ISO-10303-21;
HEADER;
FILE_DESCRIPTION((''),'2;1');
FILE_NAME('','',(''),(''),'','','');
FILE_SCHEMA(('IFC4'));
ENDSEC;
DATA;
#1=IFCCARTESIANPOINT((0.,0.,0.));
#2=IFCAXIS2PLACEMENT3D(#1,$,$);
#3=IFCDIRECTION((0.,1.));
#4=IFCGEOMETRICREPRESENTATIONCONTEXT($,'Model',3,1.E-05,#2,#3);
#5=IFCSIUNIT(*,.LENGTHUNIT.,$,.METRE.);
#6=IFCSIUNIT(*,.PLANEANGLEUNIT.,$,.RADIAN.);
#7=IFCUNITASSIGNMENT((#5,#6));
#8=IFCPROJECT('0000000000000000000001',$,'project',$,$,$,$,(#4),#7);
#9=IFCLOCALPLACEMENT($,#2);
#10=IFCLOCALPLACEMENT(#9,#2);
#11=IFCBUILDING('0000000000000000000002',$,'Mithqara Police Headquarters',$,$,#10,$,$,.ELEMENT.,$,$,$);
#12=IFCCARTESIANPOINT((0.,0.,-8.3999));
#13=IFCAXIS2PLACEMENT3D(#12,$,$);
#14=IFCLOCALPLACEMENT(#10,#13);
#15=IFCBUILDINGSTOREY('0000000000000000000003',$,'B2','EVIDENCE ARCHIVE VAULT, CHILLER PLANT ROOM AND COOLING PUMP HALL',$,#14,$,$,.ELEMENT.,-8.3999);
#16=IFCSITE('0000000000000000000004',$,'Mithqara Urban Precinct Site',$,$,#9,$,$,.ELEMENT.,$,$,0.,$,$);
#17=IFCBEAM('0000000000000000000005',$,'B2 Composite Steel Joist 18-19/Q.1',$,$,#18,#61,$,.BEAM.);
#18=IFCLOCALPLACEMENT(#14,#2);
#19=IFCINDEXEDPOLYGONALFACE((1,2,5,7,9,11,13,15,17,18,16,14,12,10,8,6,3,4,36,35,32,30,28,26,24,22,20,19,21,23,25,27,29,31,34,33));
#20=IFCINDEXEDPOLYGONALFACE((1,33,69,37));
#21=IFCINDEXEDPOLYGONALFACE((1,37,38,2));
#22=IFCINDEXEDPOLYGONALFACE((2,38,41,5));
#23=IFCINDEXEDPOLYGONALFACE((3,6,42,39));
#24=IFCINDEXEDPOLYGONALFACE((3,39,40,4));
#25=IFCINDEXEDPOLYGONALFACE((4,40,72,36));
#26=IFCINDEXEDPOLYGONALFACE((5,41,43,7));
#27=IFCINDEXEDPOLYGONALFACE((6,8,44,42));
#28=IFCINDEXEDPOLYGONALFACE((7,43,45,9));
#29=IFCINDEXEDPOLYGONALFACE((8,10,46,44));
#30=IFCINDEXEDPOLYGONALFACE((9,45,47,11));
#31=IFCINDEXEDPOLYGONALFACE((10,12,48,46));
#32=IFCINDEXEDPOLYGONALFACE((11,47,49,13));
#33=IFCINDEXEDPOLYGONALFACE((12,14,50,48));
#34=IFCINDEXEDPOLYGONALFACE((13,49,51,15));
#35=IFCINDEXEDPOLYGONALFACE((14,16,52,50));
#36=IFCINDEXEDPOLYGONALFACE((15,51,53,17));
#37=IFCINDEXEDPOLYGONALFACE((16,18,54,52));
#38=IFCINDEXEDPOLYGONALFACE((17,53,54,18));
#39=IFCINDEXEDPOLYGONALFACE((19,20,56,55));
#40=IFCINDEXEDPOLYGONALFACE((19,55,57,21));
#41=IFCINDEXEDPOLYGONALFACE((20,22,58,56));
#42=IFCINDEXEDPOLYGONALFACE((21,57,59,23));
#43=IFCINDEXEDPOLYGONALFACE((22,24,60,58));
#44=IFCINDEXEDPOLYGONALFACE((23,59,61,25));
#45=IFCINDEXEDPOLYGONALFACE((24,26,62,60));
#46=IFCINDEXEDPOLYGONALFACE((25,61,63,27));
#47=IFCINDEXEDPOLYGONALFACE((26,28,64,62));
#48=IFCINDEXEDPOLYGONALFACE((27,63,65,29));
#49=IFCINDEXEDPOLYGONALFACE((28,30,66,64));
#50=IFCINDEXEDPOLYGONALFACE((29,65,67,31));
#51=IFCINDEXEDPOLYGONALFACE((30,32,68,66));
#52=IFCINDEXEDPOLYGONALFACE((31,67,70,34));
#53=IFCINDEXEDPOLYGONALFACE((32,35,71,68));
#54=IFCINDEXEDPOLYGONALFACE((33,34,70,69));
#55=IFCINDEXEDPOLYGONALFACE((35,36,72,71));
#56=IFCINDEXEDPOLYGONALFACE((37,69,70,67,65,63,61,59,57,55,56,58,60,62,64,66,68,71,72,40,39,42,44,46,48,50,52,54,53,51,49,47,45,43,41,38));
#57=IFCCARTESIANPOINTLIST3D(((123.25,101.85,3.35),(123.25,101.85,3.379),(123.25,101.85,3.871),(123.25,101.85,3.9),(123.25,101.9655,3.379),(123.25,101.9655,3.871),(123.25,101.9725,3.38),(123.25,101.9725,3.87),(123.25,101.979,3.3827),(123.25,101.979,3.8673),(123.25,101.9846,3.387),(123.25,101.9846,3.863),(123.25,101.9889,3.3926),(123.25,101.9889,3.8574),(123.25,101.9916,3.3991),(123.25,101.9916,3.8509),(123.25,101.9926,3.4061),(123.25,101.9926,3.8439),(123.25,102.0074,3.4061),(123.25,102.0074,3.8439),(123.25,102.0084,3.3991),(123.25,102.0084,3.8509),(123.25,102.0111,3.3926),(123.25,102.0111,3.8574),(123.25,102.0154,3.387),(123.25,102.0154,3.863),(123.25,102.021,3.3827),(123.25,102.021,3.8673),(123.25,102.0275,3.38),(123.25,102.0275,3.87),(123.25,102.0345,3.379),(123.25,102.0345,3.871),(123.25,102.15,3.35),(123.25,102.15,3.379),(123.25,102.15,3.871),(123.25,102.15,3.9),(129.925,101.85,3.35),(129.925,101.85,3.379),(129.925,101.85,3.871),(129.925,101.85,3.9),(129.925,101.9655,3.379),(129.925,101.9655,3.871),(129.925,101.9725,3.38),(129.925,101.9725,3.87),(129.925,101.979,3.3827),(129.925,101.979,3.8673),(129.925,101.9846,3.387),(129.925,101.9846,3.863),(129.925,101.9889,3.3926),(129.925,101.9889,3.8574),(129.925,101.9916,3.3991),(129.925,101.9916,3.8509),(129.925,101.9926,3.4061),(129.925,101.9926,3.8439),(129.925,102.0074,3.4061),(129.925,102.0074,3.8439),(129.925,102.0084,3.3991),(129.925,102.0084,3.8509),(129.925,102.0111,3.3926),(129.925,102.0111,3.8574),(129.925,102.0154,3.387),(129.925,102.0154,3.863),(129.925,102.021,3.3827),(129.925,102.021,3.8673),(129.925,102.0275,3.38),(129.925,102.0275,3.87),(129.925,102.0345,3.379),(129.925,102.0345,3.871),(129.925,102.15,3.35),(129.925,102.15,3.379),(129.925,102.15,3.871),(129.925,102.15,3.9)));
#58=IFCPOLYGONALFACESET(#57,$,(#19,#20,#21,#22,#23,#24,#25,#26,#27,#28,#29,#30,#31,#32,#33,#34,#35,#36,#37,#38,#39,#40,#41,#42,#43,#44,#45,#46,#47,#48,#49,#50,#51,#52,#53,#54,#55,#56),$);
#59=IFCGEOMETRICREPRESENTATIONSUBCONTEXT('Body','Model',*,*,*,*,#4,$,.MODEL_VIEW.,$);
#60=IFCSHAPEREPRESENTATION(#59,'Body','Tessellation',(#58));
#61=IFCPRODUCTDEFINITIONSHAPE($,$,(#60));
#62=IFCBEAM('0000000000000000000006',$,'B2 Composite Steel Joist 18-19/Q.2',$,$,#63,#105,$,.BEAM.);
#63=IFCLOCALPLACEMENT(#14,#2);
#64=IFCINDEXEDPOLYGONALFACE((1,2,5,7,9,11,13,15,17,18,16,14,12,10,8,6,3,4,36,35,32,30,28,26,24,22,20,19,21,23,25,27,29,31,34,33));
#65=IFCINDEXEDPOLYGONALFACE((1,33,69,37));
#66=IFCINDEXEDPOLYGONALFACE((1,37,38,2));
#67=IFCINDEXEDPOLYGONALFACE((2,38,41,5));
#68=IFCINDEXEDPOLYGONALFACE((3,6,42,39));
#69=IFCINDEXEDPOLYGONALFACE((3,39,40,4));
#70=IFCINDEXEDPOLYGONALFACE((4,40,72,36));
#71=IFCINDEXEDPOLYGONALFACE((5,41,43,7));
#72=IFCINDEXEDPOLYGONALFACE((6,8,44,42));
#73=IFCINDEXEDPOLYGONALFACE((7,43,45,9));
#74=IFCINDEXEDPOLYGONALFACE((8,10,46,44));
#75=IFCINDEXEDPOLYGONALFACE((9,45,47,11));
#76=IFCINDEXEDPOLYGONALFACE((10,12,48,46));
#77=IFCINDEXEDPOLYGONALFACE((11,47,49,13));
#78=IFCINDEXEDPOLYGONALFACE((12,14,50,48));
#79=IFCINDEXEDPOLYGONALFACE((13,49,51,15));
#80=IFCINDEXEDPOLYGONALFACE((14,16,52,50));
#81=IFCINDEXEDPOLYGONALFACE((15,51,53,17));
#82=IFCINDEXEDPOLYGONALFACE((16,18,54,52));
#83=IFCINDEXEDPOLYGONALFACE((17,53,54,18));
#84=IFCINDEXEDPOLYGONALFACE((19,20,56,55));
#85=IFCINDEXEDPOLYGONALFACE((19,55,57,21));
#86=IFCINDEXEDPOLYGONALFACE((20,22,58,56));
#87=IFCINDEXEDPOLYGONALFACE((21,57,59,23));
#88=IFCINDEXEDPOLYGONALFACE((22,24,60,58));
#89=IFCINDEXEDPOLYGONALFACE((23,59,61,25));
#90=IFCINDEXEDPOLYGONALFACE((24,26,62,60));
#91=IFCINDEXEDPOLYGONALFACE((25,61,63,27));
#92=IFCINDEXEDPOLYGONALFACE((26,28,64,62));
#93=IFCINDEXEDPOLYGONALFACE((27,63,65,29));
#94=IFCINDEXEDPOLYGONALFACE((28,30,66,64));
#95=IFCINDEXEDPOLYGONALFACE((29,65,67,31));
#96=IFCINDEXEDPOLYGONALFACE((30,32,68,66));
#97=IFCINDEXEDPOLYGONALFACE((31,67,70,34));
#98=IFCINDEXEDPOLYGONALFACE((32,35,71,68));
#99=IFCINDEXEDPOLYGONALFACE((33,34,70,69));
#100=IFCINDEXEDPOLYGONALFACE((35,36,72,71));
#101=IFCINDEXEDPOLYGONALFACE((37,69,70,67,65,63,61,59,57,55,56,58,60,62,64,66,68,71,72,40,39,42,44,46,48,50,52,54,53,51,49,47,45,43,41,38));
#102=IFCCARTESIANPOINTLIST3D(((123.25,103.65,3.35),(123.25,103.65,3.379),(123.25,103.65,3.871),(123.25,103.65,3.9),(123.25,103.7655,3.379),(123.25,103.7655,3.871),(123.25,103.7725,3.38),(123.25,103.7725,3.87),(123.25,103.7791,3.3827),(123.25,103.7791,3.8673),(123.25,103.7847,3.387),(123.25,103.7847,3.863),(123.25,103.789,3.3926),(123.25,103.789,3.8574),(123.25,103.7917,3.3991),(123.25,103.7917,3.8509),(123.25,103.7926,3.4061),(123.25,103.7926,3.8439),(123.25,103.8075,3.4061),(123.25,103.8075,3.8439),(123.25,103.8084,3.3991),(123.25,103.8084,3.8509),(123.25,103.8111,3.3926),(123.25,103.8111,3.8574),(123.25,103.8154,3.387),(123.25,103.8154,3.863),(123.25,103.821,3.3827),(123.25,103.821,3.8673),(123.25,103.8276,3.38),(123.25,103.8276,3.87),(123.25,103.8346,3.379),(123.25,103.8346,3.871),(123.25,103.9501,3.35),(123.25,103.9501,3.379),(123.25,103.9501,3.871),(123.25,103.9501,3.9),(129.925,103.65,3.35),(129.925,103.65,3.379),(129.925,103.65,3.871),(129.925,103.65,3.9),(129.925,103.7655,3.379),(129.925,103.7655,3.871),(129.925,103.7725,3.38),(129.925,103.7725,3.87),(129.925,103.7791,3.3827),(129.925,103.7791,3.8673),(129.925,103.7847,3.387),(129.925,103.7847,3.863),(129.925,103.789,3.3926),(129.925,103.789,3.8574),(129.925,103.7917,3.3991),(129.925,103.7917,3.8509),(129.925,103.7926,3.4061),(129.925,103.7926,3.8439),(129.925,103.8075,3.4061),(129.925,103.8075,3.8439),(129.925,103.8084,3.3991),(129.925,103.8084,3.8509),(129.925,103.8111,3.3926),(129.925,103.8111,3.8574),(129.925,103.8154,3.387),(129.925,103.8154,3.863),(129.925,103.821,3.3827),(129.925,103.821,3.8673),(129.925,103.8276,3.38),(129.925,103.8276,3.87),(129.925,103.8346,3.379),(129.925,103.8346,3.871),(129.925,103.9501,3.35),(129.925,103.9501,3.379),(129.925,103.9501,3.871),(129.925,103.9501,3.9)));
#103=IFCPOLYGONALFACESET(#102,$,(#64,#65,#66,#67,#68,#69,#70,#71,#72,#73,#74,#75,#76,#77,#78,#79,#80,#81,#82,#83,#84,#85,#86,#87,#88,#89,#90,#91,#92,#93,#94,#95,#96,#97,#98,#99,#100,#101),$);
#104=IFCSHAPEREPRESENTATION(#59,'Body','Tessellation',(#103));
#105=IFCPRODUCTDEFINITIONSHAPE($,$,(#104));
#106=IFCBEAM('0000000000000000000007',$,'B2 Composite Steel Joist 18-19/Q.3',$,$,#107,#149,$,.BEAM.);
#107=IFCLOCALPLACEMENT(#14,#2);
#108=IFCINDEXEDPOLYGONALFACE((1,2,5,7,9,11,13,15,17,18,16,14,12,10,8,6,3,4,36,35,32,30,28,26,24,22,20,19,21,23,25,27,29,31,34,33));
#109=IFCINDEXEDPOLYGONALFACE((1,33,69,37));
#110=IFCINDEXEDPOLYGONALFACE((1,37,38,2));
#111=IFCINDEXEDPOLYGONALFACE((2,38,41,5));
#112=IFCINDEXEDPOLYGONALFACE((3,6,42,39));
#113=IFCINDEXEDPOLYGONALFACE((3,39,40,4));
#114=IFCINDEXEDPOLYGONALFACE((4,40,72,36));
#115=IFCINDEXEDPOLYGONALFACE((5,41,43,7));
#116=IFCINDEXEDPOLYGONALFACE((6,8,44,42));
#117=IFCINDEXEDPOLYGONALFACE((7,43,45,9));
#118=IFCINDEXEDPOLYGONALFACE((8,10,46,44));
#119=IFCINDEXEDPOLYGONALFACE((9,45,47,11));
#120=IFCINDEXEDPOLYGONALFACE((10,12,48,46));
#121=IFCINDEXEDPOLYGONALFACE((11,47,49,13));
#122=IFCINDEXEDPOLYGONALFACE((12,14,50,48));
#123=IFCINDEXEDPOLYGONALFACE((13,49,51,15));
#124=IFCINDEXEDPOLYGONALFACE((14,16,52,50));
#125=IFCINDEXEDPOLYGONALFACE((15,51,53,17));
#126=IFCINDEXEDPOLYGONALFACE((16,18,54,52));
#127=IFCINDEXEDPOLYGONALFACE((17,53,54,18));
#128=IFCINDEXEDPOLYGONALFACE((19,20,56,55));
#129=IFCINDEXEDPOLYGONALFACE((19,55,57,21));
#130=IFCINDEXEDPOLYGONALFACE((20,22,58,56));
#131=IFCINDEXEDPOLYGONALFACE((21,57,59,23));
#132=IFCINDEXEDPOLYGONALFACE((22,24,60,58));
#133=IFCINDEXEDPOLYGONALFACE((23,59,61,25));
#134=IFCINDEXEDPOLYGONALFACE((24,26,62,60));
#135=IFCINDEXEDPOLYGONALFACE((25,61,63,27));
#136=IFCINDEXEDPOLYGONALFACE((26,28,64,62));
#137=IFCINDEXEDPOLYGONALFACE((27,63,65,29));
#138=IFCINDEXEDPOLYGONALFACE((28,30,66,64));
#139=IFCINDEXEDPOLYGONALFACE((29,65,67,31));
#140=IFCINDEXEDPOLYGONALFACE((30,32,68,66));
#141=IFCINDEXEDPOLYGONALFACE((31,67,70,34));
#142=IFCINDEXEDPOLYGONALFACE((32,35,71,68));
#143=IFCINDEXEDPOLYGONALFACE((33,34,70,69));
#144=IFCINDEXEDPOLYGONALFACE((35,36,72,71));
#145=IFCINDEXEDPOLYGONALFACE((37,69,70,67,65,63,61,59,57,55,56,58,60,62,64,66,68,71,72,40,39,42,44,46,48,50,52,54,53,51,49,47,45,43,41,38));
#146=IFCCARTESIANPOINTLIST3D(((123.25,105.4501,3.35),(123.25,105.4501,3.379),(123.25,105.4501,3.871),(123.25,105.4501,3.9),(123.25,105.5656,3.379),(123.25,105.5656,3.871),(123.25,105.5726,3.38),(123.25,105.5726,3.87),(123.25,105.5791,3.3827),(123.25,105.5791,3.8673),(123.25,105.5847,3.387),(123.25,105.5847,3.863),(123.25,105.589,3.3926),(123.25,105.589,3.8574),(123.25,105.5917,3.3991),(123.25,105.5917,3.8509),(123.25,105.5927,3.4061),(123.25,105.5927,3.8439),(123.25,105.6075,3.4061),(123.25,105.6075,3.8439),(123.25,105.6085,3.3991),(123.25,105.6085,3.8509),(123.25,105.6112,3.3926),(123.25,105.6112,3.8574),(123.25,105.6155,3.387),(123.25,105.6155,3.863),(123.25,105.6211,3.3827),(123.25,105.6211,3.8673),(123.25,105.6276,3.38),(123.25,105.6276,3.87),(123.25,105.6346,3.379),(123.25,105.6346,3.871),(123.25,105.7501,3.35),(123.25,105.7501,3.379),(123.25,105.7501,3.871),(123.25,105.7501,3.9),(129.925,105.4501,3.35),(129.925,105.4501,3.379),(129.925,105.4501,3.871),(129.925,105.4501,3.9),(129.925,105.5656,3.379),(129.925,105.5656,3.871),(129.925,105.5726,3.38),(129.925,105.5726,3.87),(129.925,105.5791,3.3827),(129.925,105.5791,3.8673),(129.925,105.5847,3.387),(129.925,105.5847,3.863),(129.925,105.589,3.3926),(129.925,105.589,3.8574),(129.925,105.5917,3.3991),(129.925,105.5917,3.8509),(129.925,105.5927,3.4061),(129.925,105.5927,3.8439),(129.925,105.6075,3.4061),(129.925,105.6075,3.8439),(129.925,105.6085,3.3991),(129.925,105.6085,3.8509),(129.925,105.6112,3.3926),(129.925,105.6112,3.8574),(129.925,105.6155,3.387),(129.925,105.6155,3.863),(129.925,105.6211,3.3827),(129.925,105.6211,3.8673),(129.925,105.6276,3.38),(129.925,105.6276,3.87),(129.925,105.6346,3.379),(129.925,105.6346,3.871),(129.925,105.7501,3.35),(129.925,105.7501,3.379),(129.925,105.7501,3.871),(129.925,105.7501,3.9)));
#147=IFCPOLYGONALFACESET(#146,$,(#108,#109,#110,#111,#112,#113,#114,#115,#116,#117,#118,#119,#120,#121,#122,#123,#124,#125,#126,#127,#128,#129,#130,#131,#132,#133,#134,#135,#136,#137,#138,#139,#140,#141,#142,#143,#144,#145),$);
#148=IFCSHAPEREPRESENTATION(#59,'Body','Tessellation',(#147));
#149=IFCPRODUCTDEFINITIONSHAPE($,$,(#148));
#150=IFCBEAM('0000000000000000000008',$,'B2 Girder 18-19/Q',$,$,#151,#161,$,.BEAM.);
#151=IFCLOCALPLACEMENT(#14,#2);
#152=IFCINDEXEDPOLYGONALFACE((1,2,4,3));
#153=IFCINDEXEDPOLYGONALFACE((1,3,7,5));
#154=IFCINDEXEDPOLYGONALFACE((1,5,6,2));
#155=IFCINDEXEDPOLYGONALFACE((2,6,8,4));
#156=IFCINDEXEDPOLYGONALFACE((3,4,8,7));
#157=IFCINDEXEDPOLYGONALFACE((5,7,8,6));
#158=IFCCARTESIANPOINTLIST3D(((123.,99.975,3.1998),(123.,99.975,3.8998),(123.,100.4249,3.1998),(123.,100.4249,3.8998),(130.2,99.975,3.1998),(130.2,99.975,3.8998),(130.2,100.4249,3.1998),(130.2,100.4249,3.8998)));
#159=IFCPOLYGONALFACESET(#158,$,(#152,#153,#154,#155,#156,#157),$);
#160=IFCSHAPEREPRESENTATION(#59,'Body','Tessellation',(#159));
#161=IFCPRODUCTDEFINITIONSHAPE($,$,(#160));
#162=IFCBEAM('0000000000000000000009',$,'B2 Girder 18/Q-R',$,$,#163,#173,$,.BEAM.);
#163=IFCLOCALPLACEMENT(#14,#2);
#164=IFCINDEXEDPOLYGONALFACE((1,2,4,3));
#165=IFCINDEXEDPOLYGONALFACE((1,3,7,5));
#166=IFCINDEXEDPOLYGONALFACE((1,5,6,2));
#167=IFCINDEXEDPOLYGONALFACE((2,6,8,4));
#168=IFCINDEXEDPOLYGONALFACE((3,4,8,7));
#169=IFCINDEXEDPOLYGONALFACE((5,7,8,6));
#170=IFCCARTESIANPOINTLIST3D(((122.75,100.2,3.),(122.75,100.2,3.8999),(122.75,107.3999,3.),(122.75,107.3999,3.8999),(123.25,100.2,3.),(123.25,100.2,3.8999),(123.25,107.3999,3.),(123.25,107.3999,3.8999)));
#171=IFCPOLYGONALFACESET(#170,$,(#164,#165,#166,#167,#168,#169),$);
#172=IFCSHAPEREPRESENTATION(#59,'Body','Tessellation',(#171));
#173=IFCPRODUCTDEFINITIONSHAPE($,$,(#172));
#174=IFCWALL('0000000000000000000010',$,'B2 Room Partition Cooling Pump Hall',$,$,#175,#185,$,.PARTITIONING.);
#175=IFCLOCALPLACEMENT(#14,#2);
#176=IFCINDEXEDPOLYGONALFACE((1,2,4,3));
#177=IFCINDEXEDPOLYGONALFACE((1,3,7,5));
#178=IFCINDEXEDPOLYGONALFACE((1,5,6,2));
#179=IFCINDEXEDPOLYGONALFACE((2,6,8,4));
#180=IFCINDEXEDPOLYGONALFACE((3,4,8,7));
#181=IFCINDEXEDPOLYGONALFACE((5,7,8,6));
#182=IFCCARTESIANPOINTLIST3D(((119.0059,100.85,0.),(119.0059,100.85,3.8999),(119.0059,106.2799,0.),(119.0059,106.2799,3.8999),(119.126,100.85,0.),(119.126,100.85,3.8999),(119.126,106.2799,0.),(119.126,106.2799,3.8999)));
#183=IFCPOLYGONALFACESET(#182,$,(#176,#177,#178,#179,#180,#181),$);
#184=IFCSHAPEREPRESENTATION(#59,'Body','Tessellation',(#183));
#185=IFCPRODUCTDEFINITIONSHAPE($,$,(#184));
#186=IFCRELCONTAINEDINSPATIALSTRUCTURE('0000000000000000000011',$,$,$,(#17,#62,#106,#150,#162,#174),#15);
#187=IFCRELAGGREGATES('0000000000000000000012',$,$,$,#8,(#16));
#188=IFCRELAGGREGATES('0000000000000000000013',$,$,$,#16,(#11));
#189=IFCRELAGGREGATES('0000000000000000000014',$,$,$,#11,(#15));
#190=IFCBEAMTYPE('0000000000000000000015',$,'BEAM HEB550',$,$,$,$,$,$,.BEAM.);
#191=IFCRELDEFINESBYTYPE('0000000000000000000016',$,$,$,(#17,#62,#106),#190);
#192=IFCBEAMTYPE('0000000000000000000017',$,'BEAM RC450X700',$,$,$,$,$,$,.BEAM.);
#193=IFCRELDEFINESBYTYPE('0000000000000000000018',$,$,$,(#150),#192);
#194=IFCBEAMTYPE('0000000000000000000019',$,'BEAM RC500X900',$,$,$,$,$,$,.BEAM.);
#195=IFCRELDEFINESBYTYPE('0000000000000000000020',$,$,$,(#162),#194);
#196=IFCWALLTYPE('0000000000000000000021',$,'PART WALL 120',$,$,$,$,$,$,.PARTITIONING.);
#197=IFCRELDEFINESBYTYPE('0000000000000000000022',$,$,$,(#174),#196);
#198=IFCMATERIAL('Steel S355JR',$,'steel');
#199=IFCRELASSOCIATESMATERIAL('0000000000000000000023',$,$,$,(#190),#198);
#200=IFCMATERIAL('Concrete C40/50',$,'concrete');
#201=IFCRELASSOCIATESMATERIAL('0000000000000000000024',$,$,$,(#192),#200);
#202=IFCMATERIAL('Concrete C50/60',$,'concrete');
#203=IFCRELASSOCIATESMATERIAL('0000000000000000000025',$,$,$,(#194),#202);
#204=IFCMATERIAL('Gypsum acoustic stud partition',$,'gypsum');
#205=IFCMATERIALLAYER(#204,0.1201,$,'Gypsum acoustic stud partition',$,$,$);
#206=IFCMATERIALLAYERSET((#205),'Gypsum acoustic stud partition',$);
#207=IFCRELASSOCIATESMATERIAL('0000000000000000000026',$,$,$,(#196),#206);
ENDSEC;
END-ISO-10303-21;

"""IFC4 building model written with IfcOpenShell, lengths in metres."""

from ifc_helpers import new_model, si_unit, direction, frame, frame_2d, origin, origin_2d, place, context, subcontext, project, spatial, rectangle, i_section, extrude, material, layer, layer_set, material_profile, profile_set, type_object, element, save


model = new_model("IFC4")

# Units and contexts
model_context = context("Model", 3, precision=1e-05, world=origin(), true_north=direction((0.0, 1.0)))
body_context = subcontext(model_context, "Body", "Model", "MODEL_VIEW")
ifc_project = project(units=[si_unit("LENGTHUNIT", "METRE"), si_unit("PLANEANGLEUNIT", "RADIAN")], contexts=[model_context])

# Site, building, storey
site_placement = place(None, origin())
site = spatial("IfcSite", under=ifc_project, at=site_placement, Name="Mithqara Urban Precinct Site", CompositionType="ELEMENT", RefElevation=0.0)
building_placement = place(site_placement, origin())
building = spatial("IfcBuilding", under=site, at=building_placement, Name="Mithqara Police Headquarters", CompositionType="ELEMENT")
storey_placement = place(building_placement, frame((0.0, 0.0, -8.3999)))
storey = spatial("IfcBuildingStorey", under=building, at=storey_placement, Name="B2", Description="EVIDENCE ARCHIVE VAULT, CHILLER PLANT ROOM AND COOLING PUMP HALL", CompositionType="ELEMENT", Elevation=-8.3999)

# Shared definitions
ifc_material_1 = material(Name="Concrete C40/50", Category="concrete")

# Beams
ifc_material_2 = material(Name="Steel S355JR", Category="steel")
ifc_material_profile_1 = material_profile(ifc_material_2, i_section(OverallWidth=0.3, OverallDepth=0.55, WebThickness=0.0149, FlangeThickness=0.0291, FilletRadius=0.0271, at=origin_2d()), Name="HEB 550")
ifc_profile_set_1 = profile_set([ifc_material_profile_1], Name="Steel S355JR")
beam_type_1 = type_object("IfcBeamType", Name="BEAM HEB550", PredefinedType="BEAM", material=ifc_profile_set_1)
for number, where, z_axis, x_axis, name in (
    (1, (123.25, 102.0, 3.625), (1.0, 0.0, 0.0), (0.0, 1.0, 0.0), "B2 Composite Steel Joist 18-19/Q.1"),
    (2, (123.25, 103.8, 3.625), (1.0, 0.0, 0.0), (0.0, 1.0, 0.0), "B2 Composite Steel Joist 18-19/Q.2"),
    (3, (123.25, 105.6001, 3.625), (1.0, 0.0, 0.0), (0.0, 1.0, 0.0), "B2 Composite Steel Joist 18-19/Q.3"),
):
    element("IfcBeam", number, at=place(storey_placement, frame(where, z_axis=z_axis, x_axis=x_axis)), inside=storey, type_object=beam_type_1, Name=name, PredefinedType="BEAM", context=body_context, shape_type="SweptSolid", body=[
        extrude(i_section(OverallWidth=0.3, OverallDepth=0.55, WebThickness=0.0149, FlangeThickness=0.0291, FilletRadius=0.0271, at=origin_2d()), origin(), (0.0, 0.0, 1.0), 6.675),
    ])
ifc_material_profile_2 = material_profile(ifc_material_1, rectangle(XDim=0.45, YDim=0.7, at=origin_2d()), Name="RC 450x700")
ifc_profile_set_2 = profile_set([ifc_material_profile_2], Name="Concrete C40/50")
beam_type_2 = type_object("IfcBeamType", Name="BEAM RC450X700", PredefinedType="BEAM", material=ifc_profile_set_2)
beam_1_placement = place(storey_placement, frame((123.0, 100.2, 3.5498), z_axis=(1.0, 0.0, 0.0), x_axis=(0.0, 1.0, 0.0)))
element("IfcBeam", 4, at=beam_1_placement, inside=storey, type_object=beam_type_2, Name="B2 Girder 18-19/Q", PredefinedType="BEAM", context=body_context, shape_type="SweptSolid", body=[
    extrude(rectangle(XDim=0.45, YDim=0.7, at=origin_2d()), origin(), (0.0, 0.0, 1.0), 7.2),
])
ifc_material_3 = material(Name="Concrete C50/60", Category="concrete")
ifc_material_profile_3 = material_profile(ifc_material_3, rectangle(XDim=0.5, YDim=0.8999, at=origin_2d()), Name="RC 500x900")
ifc_profile_set_3 = profile_set([ifc_material_profile_3], Name="Concrete C50/60")
beam_type_3 = type_object("IfcBeamType", Name="BEAM RC500X900", PredefinedType="BEAM", material=ifc_profile_set_3)
beam_2_placement = place(storey_placement, frame((123.0, 100.2, 3.45), z_axis=(0.0, 1.0, 0.0), x_axis=(-1.0, 0.0, 0.0)))
element("IfcBeam", 5, at=beam_2_placement, inside=storey, type_object=beam_type_3, Name="B2 Girder 18/Q-R", PredefinedType="BEAM", context=body_context, shape_type="SweptSolid", body=[
    extrude(rectangle(XDim=0.5, YDim=0.8999, at=origin_2d()), origin(), (0.0, 0.0, 1.0), 7.2),
])

# Wall
ifc_material_4 = material(Name="Gypsum acoustic stud partition", Category="gypsum")
ifc_layer = layer(ifc_material_4, 0.1201, Name="Gypsum acoustic stud partition")
ifc_layer_set = layer_set([ifc_layer], Name="Gypsum acoustic stud partition")
wall_type = type_object("IfcWallType", Name="PART WALL 120", PredefinedType="PARTITIONING", material=ifc_layer_set)
wall_1_placement = place(storey_placement, frame((119.0659, 100.8501, 0.0), z_axis=(0.0, 0.0, 1.0), x_axis=(0.0, 1.0, 0.0)))
element("IfcWall", 6, at=wall_1_placement, inside=storey, type_object=wall_type, Name="B2 Room Partition Cooling Pump Hall", PredefinedType="PARTITIONING", context=body_context, shape_type="SweptSolid", body=[
    extrude(rectangle(XDim=5.4299, YDim=0.1201, at=frame_2d((2.7148, 0.0))), origin(), (0.0, 0.0, 1.0), 3.8999),
])

save(model, "model.ifc")
